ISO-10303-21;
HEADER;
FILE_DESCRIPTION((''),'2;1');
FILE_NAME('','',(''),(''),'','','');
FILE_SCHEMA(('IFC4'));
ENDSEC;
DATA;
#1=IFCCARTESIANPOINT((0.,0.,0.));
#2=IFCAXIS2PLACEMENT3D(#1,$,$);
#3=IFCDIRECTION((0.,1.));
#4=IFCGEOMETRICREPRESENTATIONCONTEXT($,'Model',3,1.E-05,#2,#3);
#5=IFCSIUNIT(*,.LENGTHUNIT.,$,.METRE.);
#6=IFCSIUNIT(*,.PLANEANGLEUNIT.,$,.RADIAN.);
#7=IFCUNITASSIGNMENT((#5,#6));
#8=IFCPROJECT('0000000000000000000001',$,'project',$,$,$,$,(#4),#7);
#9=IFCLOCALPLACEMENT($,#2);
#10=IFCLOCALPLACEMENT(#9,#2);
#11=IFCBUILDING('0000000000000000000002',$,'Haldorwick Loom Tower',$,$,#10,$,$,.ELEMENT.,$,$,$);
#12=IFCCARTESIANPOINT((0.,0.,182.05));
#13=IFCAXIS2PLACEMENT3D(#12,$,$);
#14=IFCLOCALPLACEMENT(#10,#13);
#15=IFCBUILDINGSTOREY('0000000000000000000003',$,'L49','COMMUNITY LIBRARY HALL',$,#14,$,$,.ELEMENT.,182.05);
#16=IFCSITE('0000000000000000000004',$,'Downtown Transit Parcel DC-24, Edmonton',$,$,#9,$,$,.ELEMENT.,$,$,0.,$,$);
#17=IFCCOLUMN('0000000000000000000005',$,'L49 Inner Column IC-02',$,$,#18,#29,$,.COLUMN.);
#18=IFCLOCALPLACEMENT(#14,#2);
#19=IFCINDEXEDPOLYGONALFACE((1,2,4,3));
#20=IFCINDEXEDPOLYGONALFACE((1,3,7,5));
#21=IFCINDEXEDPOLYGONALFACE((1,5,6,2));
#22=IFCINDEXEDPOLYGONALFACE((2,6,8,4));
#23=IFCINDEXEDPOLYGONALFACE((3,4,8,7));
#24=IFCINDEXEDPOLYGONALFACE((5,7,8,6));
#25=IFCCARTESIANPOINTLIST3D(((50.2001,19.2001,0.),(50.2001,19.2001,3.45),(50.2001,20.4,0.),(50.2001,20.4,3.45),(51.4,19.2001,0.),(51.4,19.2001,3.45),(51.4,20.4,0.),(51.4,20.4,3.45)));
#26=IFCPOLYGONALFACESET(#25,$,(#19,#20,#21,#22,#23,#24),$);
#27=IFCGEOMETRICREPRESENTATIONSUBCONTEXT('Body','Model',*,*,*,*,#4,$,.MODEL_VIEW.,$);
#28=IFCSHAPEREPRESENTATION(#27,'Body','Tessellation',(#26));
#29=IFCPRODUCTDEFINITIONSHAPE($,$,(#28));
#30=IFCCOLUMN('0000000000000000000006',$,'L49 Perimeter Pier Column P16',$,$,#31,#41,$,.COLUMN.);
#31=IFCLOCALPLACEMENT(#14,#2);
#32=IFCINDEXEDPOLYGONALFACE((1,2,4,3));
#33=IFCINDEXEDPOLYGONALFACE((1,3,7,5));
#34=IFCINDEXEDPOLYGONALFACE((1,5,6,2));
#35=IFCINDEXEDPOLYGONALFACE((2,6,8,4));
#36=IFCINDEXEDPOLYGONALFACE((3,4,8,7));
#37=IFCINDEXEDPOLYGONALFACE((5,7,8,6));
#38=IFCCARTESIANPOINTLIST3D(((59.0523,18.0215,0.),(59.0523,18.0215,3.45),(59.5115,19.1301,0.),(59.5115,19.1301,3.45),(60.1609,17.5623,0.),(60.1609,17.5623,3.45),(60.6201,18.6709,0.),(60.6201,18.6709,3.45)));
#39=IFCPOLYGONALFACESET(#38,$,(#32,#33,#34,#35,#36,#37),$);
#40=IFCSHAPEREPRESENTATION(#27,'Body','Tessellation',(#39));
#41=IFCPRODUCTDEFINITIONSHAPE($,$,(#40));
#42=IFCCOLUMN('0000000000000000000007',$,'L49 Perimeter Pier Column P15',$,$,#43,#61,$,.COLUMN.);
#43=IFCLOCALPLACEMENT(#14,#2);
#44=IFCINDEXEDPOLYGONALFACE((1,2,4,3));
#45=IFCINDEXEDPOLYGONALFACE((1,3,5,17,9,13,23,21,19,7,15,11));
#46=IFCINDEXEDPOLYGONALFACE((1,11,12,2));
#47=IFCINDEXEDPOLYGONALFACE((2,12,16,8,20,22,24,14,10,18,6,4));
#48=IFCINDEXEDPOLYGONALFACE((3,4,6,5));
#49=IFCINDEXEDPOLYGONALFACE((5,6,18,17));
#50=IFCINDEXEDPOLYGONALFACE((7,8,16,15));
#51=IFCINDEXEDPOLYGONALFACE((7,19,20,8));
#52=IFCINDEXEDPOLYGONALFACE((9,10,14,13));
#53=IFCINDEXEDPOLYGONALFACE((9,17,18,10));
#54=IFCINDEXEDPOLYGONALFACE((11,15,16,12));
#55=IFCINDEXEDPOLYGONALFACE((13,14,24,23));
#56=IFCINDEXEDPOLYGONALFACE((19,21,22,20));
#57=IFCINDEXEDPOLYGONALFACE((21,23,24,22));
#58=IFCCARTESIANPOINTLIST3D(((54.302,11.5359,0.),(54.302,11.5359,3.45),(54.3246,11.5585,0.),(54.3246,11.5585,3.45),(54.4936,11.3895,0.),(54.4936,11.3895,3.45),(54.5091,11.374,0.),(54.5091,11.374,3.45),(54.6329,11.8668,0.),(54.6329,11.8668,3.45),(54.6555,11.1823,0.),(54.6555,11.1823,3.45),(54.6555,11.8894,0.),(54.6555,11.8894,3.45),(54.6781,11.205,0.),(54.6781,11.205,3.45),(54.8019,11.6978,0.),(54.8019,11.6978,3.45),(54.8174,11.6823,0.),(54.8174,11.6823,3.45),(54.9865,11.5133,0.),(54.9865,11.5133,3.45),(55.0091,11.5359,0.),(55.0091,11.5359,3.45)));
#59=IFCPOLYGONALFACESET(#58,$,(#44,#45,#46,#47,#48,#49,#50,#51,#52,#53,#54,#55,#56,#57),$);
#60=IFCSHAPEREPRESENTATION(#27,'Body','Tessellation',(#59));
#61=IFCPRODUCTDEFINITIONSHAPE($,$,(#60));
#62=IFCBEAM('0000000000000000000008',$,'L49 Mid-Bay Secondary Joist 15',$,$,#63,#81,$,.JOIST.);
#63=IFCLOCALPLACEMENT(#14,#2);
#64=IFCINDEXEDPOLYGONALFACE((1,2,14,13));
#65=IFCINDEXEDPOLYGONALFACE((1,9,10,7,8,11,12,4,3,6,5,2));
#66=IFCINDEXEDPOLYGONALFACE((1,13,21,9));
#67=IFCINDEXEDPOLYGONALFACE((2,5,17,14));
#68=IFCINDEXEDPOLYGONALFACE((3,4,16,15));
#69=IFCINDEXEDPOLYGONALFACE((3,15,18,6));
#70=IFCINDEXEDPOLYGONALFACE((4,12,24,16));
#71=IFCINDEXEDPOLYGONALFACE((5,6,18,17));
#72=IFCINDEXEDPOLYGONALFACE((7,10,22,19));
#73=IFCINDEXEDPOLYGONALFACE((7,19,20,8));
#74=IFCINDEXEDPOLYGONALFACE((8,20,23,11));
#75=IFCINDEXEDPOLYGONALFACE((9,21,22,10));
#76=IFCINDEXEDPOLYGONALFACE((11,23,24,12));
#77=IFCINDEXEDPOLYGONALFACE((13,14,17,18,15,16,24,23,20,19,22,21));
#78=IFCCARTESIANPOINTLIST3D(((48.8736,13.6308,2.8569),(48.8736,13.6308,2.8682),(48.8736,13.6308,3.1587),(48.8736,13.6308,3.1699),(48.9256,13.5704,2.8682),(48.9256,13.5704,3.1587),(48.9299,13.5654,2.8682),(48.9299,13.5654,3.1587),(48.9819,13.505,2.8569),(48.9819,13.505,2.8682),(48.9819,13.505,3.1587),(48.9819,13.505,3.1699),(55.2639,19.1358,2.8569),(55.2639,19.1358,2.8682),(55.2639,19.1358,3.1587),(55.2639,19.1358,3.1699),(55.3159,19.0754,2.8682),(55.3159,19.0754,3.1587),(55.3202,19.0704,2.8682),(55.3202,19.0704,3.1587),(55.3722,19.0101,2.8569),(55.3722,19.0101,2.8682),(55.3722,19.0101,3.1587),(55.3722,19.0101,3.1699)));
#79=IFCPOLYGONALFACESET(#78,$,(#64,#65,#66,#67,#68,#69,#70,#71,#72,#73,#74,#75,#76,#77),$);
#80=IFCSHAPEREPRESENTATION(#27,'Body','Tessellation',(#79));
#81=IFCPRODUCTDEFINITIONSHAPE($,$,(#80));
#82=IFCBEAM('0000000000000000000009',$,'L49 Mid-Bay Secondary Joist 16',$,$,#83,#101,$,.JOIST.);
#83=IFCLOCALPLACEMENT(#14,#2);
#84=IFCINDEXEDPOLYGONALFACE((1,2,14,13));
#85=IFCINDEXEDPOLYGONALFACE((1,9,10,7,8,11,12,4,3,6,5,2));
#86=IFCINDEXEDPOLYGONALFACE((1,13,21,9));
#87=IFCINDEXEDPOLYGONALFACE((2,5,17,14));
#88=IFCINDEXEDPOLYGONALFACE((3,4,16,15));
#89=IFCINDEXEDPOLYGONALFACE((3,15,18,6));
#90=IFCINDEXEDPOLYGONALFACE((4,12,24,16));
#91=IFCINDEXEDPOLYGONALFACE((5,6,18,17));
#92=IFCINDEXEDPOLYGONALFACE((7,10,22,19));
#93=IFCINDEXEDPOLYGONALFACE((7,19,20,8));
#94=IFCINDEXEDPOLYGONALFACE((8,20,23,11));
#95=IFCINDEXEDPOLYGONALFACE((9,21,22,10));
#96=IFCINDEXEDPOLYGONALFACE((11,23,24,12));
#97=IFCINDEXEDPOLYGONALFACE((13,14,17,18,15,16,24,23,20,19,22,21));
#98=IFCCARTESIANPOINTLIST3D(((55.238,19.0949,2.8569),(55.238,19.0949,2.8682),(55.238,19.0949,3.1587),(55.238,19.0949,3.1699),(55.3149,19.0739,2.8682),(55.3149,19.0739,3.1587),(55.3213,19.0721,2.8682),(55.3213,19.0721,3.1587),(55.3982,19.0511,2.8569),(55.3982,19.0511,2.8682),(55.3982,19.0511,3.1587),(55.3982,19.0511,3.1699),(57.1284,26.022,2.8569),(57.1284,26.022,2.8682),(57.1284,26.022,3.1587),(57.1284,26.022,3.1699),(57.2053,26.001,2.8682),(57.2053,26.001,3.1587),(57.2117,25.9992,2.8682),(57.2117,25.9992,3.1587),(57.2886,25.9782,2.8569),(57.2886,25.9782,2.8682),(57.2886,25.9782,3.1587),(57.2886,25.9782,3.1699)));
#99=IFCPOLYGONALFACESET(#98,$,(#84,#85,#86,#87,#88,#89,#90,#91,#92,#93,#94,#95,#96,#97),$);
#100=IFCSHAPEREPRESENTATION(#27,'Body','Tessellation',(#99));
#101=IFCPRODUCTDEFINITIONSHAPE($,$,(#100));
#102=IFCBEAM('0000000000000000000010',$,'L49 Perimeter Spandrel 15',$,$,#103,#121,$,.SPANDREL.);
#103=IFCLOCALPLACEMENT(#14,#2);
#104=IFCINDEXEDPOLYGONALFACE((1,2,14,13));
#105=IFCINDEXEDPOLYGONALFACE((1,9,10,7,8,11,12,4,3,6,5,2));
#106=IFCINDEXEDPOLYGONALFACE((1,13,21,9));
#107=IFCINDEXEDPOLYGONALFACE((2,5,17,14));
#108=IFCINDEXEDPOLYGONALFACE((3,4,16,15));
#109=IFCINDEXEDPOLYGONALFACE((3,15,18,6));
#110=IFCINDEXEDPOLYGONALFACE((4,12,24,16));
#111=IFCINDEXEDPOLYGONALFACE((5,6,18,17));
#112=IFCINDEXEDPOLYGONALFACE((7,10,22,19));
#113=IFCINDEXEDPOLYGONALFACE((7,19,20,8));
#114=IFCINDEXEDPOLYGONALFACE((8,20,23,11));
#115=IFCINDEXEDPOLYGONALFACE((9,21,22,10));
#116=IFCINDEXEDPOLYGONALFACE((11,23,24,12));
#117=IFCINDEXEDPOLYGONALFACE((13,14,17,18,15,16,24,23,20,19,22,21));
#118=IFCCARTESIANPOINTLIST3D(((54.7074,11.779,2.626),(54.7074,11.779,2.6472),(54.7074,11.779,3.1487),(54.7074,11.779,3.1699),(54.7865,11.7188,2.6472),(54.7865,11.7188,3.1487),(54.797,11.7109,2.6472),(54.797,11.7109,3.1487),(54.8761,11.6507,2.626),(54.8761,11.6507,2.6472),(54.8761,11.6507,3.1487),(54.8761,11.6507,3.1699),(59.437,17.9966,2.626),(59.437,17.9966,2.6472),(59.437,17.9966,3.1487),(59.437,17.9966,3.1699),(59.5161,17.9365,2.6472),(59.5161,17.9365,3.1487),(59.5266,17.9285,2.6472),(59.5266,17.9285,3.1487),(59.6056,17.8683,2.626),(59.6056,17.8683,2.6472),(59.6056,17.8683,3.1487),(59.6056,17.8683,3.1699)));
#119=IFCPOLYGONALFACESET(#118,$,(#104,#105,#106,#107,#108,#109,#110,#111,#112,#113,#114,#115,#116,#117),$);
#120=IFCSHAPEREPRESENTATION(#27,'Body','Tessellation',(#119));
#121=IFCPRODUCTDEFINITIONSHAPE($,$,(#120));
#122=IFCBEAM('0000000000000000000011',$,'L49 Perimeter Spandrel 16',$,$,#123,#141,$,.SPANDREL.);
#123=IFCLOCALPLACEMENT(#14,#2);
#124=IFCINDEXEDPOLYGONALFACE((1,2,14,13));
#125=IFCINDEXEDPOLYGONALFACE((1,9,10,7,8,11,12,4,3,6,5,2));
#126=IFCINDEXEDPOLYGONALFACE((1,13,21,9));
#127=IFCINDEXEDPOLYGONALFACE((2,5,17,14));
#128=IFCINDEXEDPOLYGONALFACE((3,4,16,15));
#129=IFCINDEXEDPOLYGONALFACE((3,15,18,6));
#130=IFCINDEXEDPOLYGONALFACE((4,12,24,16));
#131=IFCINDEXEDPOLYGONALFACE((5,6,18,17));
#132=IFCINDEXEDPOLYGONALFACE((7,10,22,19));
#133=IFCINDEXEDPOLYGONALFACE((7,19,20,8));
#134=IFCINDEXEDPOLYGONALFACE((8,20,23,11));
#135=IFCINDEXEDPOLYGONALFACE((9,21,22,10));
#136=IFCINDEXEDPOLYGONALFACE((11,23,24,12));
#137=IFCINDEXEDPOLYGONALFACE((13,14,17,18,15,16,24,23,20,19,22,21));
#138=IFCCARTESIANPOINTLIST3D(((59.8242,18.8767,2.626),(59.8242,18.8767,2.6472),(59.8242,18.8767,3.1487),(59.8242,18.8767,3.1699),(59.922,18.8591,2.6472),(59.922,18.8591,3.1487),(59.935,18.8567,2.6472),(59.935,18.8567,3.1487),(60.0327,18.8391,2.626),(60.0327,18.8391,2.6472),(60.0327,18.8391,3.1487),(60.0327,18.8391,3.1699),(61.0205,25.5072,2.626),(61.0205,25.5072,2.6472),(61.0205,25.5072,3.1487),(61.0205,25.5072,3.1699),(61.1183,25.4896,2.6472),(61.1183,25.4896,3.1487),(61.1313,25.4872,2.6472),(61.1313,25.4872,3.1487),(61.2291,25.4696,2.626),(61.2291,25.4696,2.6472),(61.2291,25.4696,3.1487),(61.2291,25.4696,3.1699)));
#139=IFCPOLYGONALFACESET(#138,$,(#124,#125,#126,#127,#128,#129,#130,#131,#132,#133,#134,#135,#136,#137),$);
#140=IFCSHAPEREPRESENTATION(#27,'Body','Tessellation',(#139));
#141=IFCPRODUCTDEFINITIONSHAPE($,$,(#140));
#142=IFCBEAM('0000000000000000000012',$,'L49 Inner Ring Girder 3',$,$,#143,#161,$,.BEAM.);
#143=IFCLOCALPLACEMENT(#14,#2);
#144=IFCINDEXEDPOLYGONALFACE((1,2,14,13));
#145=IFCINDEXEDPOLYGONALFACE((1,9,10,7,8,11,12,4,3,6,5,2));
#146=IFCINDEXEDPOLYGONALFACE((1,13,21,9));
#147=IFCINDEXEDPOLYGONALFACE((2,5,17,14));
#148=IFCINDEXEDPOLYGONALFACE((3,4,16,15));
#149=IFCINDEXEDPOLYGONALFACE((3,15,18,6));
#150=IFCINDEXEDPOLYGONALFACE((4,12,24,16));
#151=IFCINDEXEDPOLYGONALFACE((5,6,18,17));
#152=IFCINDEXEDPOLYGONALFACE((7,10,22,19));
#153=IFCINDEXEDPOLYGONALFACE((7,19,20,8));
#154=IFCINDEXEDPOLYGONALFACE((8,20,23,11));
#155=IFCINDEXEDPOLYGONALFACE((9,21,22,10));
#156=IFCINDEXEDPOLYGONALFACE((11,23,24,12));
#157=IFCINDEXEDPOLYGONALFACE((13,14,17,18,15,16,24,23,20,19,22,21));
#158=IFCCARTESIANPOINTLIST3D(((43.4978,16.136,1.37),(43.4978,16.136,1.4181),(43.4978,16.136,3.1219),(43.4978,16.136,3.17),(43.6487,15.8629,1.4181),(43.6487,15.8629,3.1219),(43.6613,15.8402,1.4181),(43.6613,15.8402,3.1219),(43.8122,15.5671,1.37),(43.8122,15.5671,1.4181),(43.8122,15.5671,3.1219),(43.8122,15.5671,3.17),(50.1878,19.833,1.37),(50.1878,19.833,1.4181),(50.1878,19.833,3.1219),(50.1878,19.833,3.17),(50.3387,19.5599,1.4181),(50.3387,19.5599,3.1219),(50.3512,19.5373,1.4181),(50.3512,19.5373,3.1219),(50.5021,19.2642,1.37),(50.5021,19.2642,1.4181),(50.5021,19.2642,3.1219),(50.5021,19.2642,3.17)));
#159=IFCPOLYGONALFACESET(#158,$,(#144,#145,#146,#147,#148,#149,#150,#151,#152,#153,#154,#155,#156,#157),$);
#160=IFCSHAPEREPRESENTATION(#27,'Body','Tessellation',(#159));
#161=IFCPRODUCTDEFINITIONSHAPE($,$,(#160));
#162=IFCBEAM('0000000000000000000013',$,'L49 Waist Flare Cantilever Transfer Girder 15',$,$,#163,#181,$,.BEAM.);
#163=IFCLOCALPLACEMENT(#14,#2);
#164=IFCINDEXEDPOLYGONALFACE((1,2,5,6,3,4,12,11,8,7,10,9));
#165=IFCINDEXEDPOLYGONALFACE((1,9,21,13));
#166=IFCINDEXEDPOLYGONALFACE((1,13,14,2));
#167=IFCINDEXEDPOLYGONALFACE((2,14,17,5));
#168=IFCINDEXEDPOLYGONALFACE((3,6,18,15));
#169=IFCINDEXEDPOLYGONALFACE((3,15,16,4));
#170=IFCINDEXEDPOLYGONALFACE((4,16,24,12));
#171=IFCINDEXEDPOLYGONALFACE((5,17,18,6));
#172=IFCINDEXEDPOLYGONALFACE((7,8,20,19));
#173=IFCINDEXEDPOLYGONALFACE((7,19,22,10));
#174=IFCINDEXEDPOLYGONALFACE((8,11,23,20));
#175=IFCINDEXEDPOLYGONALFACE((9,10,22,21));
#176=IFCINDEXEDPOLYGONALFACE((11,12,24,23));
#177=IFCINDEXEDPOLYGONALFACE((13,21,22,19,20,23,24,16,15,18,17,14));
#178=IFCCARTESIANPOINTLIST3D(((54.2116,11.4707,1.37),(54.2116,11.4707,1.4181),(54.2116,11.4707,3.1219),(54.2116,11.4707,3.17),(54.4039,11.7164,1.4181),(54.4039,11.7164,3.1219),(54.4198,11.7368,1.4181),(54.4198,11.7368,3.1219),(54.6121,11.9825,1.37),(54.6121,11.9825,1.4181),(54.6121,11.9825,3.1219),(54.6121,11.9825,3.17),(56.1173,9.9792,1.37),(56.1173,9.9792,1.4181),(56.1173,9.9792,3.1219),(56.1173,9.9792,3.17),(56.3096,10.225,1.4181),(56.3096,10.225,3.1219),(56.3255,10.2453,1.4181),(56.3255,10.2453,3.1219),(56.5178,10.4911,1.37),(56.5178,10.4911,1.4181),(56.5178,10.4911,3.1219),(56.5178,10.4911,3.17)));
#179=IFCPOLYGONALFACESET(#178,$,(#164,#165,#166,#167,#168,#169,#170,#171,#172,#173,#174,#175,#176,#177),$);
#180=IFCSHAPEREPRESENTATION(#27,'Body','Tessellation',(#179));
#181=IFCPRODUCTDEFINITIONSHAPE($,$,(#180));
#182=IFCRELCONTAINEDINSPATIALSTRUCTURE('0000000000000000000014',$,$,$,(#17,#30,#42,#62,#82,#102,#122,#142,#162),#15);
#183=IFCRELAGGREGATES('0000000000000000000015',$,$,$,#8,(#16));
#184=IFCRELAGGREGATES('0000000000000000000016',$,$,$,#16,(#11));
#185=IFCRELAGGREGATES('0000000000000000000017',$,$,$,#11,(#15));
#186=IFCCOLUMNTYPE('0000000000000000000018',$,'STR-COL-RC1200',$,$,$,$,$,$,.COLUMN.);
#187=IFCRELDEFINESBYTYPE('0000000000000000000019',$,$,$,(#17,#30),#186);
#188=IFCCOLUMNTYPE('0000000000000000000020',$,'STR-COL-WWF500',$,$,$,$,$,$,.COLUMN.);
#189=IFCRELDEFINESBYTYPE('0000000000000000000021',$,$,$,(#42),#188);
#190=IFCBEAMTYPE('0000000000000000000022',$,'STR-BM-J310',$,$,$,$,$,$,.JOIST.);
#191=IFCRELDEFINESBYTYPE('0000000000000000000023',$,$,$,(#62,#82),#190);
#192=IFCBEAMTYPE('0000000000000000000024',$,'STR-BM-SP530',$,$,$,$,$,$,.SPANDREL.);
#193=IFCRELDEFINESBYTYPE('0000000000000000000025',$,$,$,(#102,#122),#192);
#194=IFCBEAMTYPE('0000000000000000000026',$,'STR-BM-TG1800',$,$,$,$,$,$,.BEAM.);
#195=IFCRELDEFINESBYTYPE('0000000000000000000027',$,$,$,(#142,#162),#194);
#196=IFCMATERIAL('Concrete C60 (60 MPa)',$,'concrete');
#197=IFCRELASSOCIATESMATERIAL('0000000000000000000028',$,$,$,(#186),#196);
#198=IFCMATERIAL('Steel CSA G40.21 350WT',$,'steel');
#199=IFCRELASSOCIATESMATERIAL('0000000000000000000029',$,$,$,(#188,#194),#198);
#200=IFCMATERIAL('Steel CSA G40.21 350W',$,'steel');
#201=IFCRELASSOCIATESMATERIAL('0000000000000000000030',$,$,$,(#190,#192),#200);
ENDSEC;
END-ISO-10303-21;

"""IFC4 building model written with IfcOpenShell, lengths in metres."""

from ifc_helpers import new_model, si_unit, direction, frame, origin, origin_2d, place, context, subcontext, project, spatial, rectangle, i_section, extrude, material, material_profile, profile_set, type_object, element, save


model = new_model("IFC4")

# Units and contexts
model_context = context("Model", 3, precision=1e-05, world=origin(), true_north=direction((0.0, 1.0)))
body_context = subcontext(model_context, "Body", "Model", "MODEL_VIEW")
ifc_project = project(units=[si_unit("LENGTHUNIT", "METRE"), si_unit("PLANEANGLEUNIT", "RADIAN")], contexts=[model_context])

# Site, building, storey
site_placement = place(None, origin())
site = spatial("IfcSite", under=ifc_project, at=site_placement, Name="Downtown Transit Parcel DC-24, Edmonton", CompositionType="ELEMENT", RefElevation=0.0)
building_placement = place(site_placement, origin())
building = spatial("IfcBuilding", under=site, at=building_placement, Name="Haldorwick Loom Tower", CompositionType="ELEMENT")
storey_placement = place(building_placement, frame((0.0, 0.0, 182.05)))
storey = spatial("IfcBuildingStorey", under=building, at=storey_placement, Name="L49", Description="COMMUNITY LIBRARY HALL", CompositionType="ELEMENT", Elevation=182.05)

# Columns
ifc_material_1 = material(Name="Concrete C60 (60 MPa)", Category="concrete")
ifc_material_profile_1 = material_profile(ifc_material_1, rectangle(XDim=1.2, YDim=1.2, at=origin_2d()), Name="RC1200X1200", Category="concrete")
ifc_profile_set_1 = profile_set([ifc_material_profile_1], Name="Concrete C60 (60 MPa)")
column_type_1 = type_object("IfcColumnType", Name="STR-COL-RC1200", PredefinedType="COLUMN", material=ifc_profile_set_1)
for number, where, z_axis, x_axis, name in (
    (1, (50.8, 19.8, 0.0), (0.0, 0.0, 1.0), (1.0, 0.0, 0.0), "L49 Inner Column IC-02"),
    (2, (59.8362, 18.3462, 0.0), (0.0, 0.0, 1.0), (0.92388, -0.382683, 0.0), "L49 Perimeter Pier Column P16"),
):
    element("IfcColumn", number, at=place(storey_placement, frame(where, z_axis=z_axis, x_axis=x_axis)), inside=storey, type_object=column_type_1, Name=name, PredefinedType="COLUMN", context=body_context, shape_type="SweptSolid", body=[
        extrude(rectangle(XDim=1.2, YDim=1.2, at=origin_2d()), origin(), (0.0, 0.0, 1.0), 3.45),
    ])
ifc_material_2 = material(Name="Steel CSA G40.21 350WT", Category="steel")
ifc_material_profile_2 = material_profile(ifc_material_2, i_section(OverallWidth=0.5, OverallDepth=0.5, WebThickness=0.022, FlangeThickness=0.032, at=origin_2d()), Name="WWF500X500", Category="steel")
ifc_profile_set_2 = profile_set([ifc_material_profile_2], Name="Steel CSA G40.21 350WT")
column_type_2 = type_object("IfcColumnType", Name="STR-COL-WWF500", PredefinedType="COLUMN", material=ifc_profile_set_2)
column_placement = place(storey_placement, frame((54.6555, 11.5359, 0.0), z_axis=(0.0, 0.0, 1.0), x_axis=(0.707107, -0.707107, 0.0)))
element("IfcColumn", 3, at=column_placement, inside=storey, type_object=column_type_2, Name="L49 Perimeter Pier Column P15", PredefinedType="COLUMN", context=body_context, shape_type="SweptSolid", body=[
    extrude(i_section(OverallWidth=0.5, OverallDepth=0.5, WebThickness=0.022, FlangeThickness=0.032, at=origin_2d()), origin(), (0.0, 0.0, 1.0), 3.45),
])

# Beams
ifc_material_3 = material(Name="Steel CSA G40.21 350W", Category="steel")
ifc_material_profile_3 = material_profile(ifc_material_3, i_section(OverallWidth=0.166, OverallDepth=0.313, WebThickness=0.0066, FlangeThickness=0.0112, at=origin_2d()), Name="W310X45", Category="steel")
ifc_profile_set_3 = profile_set([ifc_material_profile_3], Name="Steel CSA G40.21 350W")
beam_type_1 = type_object("IfcBeamType", Name="STR-BM-J310", PredefinedType="JOIST", material=ifc_profile_set_3)
beam_1_placement = place(storey_placement, frame((48.9277, 13.5679, 3.0134), z_axis=(0.757634, 0.65268, 0.0), x_axis=(-0.65268, 0.757634, 0.0)))
element("IfcBeam", 4, at=beam_1_placement, inside=storey, type_object=beam_type_1, Name="L49 Mid-Bay Secondary Joist 15", PredefinedType="JOIST", context=body_context, shape_type="SweptSolid", body=[
    extrude(i_section(OverallWidth=0.166, OverallDepth=0.313, WebThickness=0.0066, FlangeThickness=0.0112, at=origin_2d()), origin(), (0.0, 0.0, 1.0), 8.4346),
])
beam_2_placement = place(storey_placement, frame((55.3181, 19.073, 3.0134), z_axis=(0.263273, 0.964721, 0.0), x_axis=(-0.964721, 0.263273, 0.0)))
element("IfcBeam", 5, at=beam_2_placement, inside=storey, type_object=beam_type_1, Name="L49 Mid-Bay Secondary Joist 16", PredefinedType="JOIST", context=body_context, shape_type="SweptSolid", body=[
    extrude(i_section(OverallWidth=0.166, OverallDepth=0.313, WebThickness=0.0066, FlangeThickness=0.0112, at=origin_2d()), origin(), (0.0, 0.0, 1.0), 7.1804),
])
ifc_material_profile_4 = material_profile(ifc_material_3, i_section(OverallWidth=0.2119, OverallDepth=0.5439, WebThickness=0.0132, FlangeThickness=0.0212, at=origin_2d()), Name="W530X123", Category="steel")
ifc_profile_set_4 = profile_set([ifc_material_profile_4], Name="Steel CSA G40.21 350W")
beam_type_2 = type_object("IfcBeamType", Name="STR-BM-SP530", PredefinedType="SPANDREL", material=ifc_profile_set_4)
beam_3_placement = place(storey_placement, frame((54.7917, 11.7148, 2.8979), z_axis=(0.605422, 0.795905, 0.0), x_axis=(-0.795905, 0.605422, 0.0)))
element("IfcBeam", 6, at=beam_3_placement, inside=storey, type_object=beam_type_2, Name="L49 Perimeter Spandrel 15", PredefinedType="SPANDREL", context=body_context, shape_type="SweptSolid", body=[
    extrude(i_section(OverallWidth=0.2119, OverallDepth=0.5439, WebThickness=0.0132, FlangeThickness=0.0212, at=origin_2d()), origin(), (0.0, 0.0, 1.0), 7.812),
])
beam_4_placement = place(storey_placement, frame((59.9285, 18.8579, 2.8979), z_axis=(0.177559, 0.98411, 0.0), x_axis=(-0.98411, 0.177559, 0.0)))
element("IfcBeam", 7, at=beam_4_placement, inside=storey, type_object=beam_type_2, Name="L49 Perimeter Spandrel 16", PredefinedType="SPANDREL", context=body_context, shape_type="SweptSolid", body=[
    extrude(i_section(OverallWidth=0.2119, OverallDepth=0.5439, WebThickness=0.0132, FlangeThickness=0.0212, at=origin_2d()), origin(), (0.0, 0.0, 1.0), 6.7375),
])
ifc_material_profile_5 = material_profile(ifc_material_2, i_section(OverallWidth=0.6499, OverallDepth=1.8, WebThickness=0.0259, FlangeThickness=0.0481, at=origin_2d()), Name="WWF1800X650", Category="steel")
ifc_profile_set_5 = profile_set([ifc_material_profile_5], Name="Steel CSA G40.21 350WT")
beam_type_3 = type_object("IfcBeamType", Name="STR-BM-TG1800", PredefinedType="BEAM", material=ifc_profile_set_5)
beam_5_placement = place(storey_placement, frame((50.345, 19.5486, 2.27), z_axis=(-0.875244, -0.483681, 0.0), x_axis=(0.483681, -0.875244, 0.0)))
element("IfcBeam", 8, at=beam_5_placement, inside=storey, type_object=beam_type_3, Name="L49 Inner Ring Girder 3", PredefinedType="BEAM", context=body_context, shape_type="SweptSolid", body=[
    extrude(i_section(OverallWidth=0.6499, OverallDepth=1.8, WebThickness=0.0259, FlangeThickness=0.0481, at=origin_2d()), origin(), (0.0, 0.0, 1.0), 7.6436),
])
beam_6_placement = place(storey_placement, frame((54.4119, 11.7266, 2.27), z_axis=(0.787507, -0.616306, 0.0), x_axis=(0.616306, 0.787507, 0.0)))
element("IfcBeam", 9, at=beam_6_placement, inside=storey, type_object=beam_type_3, Name="L49 Waist Flare Cantilever Transfer Girder 15", PredefinedType="BEAM", context=body_context, shape_type="SweptSolid", body=[
    extrude(i_section(OverallWidth=0.6499, OverallDepth=1.8, WebThickness=0.0259, FlangeThickness=0.0481, at=origin_2d()), origin(), (0.0, 0.0, 1.0), 2.4199),
])

save(model, "model.ifc")
